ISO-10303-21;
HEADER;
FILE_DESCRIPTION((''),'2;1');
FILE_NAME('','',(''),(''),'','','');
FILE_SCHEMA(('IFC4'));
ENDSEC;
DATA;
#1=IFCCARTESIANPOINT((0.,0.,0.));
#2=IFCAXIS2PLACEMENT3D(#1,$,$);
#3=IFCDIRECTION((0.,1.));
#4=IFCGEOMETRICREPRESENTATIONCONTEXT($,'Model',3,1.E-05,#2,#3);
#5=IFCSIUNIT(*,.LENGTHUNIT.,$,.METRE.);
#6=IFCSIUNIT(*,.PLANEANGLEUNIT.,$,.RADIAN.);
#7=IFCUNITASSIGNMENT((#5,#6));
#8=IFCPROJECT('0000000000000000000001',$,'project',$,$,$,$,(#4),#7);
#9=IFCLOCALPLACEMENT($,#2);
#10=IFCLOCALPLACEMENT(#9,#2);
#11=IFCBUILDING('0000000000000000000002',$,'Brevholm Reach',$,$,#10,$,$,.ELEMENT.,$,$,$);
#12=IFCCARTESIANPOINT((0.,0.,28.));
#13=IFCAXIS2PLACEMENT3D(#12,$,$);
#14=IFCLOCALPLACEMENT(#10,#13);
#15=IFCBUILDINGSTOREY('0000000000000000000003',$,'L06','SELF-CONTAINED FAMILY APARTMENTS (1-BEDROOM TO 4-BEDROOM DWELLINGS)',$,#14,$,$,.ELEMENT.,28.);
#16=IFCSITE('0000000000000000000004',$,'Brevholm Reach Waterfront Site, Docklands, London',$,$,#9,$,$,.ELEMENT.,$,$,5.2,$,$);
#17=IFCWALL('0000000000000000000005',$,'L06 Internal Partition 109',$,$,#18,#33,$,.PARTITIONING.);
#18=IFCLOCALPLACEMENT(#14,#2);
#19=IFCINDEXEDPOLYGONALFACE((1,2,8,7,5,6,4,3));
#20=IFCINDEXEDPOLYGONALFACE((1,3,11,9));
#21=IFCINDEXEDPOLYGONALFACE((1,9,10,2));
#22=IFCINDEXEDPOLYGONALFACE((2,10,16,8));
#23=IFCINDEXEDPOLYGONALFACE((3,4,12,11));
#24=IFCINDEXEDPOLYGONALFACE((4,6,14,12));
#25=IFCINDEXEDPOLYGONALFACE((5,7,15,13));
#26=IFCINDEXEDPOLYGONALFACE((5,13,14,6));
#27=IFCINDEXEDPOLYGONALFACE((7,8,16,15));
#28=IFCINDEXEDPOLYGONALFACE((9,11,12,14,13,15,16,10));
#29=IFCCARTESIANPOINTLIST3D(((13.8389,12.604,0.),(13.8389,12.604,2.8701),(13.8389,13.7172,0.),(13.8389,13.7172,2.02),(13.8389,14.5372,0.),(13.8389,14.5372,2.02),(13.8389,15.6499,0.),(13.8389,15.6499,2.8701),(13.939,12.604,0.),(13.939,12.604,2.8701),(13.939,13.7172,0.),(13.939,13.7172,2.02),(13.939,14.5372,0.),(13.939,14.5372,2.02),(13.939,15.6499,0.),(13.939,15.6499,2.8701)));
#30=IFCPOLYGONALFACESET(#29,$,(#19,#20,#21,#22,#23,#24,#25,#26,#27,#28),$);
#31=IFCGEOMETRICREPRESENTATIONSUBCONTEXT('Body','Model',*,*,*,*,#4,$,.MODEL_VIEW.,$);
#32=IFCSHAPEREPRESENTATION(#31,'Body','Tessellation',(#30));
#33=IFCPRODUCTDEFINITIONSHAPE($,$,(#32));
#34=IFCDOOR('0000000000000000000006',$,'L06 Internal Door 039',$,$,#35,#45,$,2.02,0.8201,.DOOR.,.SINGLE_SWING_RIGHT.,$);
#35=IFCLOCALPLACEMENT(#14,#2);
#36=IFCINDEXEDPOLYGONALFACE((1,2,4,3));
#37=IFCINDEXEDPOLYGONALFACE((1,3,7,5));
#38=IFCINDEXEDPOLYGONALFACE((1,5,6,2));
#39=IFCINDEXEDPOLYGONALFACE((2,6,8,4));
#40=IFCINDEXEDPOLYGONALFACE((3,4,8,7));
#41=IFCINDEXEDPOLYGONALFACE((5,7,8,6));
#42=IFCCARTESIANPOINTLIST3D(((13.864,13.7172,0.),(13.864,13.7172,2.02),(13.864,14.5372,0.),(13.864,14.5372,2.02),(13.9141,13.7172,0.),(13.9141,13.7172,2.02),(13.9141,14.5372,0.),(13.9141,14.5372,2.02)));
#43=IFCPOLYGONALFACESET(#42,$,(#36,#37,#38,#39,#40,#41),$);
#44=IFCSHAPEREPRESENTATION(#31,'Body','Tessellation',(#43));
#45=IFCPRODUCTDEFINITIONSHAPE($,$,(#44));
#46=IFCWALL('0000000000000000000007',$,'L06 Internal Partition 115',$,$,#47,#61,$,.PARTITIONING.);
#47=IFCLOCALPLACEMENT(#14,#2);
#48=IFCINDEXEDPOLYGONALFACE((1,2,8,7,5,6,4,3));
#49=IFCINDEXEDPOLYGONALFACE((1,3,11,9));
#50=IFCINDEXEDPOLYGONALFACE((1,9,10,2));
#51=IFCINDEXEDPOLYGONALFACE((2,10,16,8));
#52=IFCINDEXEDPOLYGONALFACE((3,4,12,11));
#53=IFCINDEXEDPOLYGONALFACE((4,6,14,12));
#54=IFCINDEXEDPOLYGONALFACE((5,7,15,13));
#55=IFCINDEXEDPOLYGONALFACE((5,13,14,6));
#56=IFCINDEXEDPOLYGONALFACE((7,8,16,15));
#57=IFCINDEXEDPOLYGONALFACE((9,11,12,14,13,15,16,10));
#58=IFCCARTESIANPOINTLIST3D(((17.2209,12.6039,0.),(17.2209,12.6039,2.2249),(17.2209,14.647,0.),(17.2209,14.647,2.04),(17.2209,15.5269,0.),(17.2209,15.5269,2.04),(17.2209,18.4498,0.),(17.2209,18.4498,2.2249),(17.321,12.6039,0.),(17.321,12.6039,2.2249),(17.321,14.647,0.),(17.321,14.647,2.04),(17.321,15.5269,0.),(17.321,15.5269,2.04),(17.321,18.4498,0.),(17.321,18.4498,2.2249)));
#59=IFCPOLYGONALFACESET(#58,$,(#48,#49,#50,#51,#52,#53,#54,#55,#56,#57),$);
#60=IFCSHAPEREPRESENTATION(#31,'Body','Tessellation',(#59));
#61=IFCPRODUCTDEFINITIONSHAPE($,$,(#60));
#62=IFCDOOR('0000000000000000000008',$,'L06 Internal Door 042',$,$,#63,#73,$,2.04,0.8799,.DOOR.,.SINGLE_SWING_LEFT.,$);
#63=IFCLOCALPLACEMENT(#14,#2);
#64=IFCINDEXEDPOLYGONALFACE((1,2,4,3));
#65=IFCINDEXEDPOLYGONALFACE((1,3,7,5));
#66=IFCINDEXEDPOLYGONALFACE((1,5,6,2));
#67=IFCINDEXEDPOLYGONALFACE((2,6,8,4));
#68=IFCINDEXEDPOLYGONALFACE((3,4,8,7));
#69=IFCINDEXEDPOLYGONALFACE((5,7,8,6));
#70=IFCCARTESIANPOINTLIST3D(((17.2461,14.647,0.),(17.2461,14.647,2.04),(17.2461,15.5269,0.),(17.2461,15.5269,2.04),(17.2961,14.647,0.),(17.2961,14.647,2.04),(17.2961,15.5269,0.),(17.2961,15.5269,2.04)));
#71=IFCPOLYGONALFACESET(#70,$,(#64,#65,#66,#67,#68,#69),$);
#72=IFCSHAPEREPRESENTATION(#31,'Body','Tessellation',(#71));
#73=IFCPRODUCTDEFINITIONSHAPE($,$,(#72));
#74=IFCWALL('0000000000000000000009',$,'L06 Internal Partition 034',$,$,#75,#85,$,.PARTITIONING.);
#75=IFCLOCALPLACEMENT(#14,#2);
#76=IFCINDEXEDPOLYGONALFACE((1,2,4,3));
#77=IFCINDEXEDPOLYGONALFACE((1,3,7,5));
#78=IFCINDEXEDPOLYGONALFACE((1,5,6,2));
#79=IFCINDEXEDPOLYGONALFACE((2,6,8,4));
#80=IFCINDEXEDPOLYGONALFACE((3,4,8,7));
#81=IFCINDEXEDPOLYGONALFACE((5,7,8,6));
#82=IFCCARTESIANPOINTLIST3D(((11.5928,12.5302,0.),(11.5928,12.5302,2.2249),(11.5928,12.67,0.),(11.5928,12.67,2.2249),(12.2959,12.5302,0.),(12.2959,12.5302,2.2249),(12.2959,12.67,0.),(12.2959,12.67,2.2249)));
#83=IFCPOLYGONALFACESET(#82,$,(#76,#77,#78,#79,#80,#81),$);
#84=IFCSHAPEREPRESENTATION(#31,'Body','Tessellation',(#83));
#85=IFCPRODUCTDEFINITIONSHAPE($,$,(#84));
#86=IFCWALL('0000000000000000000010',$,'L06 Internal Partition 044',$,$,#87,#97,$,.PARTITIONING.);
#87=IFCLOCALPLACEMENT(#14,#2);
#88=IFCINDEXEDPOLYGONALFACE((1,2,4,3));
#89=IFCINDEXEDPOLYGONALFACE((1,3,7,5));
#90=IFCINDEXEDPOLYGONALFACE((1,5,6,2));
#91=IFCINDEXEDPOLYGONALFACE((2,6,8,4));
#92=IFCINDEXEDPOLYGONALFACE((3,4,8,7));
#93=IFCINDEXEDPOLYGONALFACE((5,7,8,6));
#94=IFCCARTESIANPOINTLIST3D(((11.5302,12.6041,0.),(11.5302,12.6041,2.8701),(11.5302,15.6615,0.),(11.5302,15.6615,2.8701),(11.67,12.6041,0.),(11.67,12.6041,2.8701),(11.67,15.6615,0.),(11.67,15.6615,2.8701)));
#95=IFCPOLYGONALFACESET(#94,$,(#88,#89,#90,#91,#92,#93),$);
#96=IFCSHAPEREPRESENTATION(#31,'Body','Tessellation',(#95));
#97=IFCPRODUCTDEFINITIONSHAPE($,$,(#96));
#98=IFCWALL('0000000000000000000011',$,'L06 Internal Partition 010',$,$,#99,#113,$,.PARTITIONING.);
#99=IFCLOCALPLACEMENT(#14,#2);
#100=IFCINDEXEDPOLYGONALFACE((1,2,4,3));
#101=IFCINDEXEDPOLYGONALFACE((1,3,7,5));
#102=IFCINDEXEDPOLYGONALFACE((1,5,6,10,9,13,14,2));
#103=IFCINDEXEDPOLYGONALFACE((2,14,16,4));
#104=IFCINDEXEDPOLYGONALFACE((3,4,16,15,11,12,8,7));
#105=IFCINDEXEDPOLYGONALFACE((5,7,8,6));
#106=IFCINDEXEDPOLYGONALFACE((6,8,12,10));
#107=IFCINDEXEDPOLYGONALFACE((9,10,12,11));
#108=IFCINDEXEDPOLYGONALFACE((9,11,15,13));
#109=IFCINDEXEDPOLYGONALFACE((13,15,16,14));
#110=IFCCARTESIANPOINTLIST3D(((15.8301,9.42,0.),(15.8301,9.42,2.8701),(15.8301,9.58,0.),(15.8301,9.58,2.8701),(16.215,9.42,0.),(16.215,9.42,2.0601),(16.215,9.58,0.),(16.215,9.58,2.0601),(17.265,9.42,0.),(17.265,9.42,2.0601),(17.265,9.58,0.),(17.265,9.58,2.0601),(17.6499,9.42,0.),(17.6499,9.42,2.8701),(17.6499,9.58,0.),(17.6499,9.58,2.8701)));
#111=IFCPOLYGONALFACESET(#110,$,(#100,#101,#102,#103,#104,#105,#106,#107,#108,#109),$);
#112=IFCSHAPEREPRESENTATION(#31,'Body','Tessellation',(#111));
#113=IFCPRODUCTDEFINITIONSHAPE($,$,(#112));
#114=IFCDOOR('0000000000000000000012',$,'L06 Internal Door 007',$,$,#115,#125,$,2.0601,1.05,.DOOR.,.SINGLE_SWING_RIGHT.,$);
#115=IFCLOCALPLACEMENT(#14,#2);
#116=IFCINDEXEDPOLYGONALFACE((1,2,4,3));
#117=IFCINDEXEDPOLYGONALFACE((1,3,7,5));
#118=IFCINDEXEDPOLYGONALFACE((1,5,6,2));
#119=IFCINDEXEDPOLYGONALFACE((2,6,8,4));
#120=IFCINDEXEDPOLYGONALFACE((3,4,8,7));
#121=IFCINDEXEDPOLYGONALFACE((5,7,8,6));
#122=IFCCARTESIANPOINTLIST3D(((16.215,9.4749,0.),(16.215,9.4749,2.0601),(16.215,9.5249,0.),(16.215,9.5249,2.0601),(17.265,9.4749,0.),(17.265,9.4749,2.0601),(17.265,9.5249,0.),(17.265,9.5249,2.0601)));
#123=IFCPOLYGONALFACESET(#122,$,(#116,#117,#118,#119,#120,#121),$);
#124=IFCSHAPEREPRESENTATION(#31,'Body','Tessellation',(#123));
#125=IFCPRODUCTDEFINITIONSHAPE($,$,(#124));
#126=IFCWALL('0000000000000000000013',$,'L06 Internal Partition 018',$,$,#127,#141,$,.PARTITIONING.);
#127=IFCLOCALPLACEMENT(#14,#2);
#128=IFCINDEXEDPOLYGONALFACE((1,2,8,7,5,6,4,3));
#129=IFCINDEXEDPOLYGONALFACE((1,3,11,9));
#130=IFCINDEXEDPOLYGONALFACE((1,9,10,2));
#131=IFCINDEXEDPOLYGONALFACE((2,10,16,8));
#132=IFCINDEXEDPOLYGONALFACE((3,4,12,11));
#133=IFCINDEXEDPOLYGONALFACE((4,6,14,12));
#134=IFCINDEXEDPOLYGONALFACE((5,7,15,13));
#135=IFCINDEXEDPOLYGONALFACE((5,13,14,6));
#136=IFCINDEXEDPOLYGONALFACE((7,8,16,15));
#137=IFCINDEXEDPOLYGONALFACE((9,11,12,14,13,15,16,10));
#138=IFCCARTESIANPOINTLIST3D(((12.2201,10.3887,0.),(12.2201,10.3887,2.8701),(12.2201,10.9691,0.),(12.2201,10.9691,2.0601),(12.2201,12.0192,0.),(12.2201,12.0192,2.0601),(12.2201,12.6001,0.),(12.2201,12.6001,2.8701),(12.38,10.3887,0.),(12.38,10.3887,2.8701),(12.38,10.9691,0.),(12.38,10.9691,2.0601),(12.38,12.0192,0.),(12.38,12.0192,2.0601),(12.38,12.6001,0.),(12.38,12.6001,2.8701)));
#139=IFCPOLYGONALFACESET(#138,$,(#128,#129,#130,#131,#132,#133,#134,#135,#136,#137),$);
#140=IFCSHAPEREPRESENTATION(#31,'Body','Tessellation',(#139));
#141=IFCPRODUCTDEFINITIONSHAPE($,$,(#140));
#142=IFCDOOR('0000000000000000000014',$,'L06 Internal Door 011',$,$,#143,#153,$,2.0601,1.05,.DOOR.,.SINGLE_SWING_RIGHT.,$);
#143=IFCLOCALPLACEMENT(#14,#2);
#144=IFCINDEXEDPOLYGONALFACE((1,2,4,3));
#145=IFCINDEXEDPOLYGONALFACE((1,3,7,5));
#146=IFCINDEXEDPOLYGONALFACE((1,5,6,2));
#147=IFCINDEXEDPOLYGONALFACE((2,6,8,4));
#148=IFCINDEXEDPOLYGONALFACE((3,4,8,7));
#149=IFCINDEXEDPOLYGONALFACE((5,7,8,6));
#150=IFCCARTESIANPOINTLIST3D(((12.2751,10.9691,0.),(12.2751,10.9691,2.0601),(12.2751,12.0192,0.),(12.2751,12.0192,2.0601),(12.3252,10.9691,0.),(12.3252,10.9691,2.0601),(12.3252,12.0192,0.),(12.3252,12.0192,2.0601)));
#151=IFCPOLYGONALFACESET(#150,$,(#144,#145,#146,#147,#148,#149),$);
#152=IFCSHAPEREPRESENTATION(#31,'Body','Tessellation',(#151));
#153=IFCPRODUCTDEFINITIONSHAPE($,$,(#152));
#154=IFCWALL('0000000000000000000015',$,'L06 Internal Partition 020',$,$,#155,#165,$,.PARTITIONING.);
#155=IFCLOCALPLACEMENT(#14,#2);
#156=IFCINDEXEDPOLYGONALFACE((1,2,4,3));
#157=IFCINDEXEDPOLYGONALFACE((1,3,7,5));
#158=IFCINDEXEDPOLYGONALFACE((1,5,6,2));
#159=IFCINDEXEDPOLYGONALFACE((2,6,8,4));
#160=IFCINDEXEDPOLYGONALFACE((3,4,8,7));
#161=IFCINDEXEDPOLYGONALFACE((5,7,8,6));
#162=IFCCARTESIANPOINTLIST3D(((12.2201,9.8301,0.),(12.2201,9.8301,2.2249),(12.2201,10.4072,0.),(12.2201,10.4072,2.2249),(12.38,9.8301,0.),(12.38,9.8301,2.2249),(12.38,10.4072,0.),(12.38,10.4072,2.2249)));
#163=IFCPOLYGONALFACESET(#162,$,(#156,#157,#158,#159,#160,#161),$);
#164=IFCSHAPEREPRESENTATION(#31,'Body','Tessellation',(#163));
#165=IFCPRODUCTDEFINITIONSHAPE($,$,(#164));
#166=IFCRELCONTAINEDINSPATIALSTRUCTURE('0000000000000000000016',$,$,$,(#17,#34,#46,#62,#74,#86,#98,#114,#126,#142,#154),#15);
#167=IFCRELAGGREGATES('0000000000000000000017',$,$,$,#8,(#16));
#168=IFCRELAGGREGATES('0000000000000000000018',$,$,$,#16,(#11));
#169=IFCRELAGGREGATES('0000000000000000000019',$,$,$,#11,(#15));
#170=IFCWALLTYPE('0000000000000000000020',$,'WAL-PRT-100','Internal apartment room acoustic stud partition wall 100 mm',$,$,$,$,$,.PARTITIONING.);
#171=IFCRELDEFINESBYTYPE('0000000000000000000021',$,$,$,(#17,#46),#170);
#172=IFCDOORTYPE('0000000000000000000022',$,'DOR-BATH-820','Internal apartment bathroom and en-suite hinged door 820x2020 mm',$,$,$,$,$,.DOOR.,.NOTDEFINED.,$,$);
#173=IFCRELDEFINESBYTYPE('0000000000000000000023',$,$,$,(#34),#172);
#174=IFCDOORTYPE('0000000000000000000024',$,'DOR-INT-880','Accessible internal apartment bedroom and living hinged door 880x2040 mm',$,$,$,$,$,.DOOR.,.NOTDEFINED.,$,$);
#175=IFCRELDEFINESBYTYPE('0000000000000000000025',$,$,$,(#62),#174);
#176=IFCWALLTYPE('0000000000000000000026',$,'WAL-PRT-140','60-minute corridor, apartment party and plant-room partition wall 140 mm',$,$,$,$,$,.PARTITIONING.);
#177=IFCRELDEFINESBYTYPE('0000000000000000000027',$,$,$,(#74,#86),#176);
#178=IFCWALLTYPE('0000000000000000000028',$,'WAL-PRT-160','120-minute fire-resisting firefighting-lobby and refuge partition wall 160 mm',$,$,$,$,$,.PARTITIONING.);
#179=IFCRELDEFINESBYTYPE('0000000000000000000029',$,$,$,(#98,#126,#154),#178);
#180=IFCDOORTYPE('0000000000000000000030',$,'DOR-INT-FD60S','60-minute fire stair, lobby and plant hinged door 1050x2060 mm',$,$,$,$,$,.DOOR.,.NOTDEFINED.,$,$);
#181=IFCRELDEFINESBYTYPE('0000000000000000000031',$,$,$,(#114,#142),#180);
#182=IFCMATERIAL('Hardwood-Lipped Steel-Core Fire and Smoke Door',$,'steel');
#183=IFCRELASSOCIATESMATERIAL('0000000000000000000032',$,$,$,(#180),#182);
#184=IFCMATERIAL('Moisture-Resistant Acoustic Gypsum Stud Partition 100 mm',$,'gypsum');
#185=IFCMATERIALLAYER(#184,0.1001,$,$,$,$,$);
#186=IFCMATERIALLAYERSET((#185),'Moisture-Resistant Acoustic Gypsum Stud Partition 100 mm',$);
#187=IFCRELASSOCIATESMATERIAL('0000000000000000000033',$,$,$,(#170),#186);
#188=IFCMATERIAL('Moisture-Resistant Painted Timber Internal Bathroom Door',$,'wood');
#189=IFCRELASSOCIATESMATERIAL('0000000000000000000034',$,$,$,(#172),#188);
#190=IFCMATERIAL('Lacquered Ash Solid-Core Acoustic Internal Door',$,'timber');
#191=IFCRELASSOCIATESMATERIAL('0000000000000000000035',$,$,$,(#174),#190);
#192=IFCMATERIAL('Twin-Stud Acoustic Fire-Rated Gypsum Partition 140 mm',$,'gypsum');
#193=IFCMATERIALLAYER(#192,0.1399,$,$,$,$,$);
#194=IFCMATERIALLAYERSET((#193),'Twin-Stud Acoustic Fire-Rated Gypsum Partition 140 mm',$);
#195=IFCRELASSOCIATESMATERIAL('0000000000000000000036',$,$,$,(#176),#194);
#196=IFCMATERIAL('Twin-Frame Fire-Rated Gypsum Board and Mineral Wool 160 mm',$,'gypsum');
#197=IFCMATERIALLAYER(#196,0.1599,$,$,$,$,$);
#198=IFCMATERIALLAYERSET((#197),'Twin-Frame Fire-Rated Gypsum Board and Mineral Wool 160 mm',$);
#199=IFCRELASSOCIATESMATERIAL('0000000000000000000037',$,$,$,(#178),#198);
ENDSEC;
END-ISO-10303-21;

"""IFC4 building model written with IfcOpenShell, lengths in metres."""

from ifc_helpers import new_model, si_unit, direction, frame, frame_2d, origin, place, context, subcontext, project, spatial, rectangle, extrude, material, layer, layer_set, type_object, element, fill, save


model = new_model("IFC4")

# Units and contexts
model_context = context("Model", 3, precision=1e-05, world=origin(), true_north=direction((0.0, 1.0)))
body_context = subcontext(model_context, "Body", "Model", "MODEL_VIEW")
ifc_project = project(units=[si_unit("LENGTHUNIT", "METRE"), si_unit("PLANEANGLEUNIT", "RADIAN")], contexts=[model_context])

# Site, building, storey
site_placement = place(None, origin())
site = spatial("IfcSite", under=ifc_project, at=site_placement, Name="Brevholm Reach Waterfront Site, Docklands, London", CompositionType="ELEMENT", RefElevation=5.2)
building_placement = place(site_placement, origin())
building = spatial("IfcBuilding", under=site, at=building_placement, Name="Brevholm Reach", CompositionType="ELEMENT")
storey_placement = place(building_placement, frame((0.0, 0.0, 28.0)))
storey = spatial("IfcBuildingStorey", under=building, at=storey_placement, Name="L06", Description="SELF-CONTAINED FAMILY APARTMENTS (1-BEDROOM TO 4-BEDROOM DWELLINGS)", CompositionType="ELEMENT", Elevation=28.0)

# Walls, openings, doors
ifc_material_1 = material(Name="Hardwood-Lipped Steel-Core Fire and Smoke Door", Category="steel")
door_type_1 = type_object("IfcDoorType", Name="DOR-INT-FD60S", Description="60-minute fire stair, lobby and plant hinged door 1050x2060 mm", OperationType="NOTDEFINED", PredefinedType="DOOR", material=ifc_material_1)
ifc_material_2 = material(Name="Moisture-Resistant Acoustic Gypsum Stud Partition 100 mm", Category="gypsum")
ifc_layer_1 = layer(ifc_material_2, 0.1001)
ifc_layer_set_1 = layer_set([ifc_layer_1], Name="Moisture-Resistant Acoustic Gypsum Stud Partition 100 mm")
wall_type_1 = type_object("IfcWallType", Name="WAL-PRT-100", Description="Internal apartment room acoustic stud partition wall 100 mm", PredefinedType="PARTITIONING", material=ifc_layer_set_1)
wall_1_placement = place(storey_placement, frame((13.8889, 12.604, 0.0), z_axis=(0.0, 0.0, 1.0), x_axis=(0.0, 1.0, 0.0)))
wall_1 = element("IfcWall", 1, at=wall_1_placement, inside=storey, type_object=wall_type_1, Name="L06 Internal Partition 109", PredefinedType="PARTITIONING", context=body_context, shape_type="SweptSolid", body=[
    extrude(rectangle(XDim=3.0459, YDim=0.1001, at=frame_2d((1.5229, 0.0))), origin(), (0.0, 0.0, 1.0), 2.8701),
])
opening_1_placement = place(wall_1_placement, frame((1.113, 0.0, 0.0)))
opening_1 = element("IfcOpeningElement", 2, at=opening_1_placement, cuts=wall_1, PredefinedType="OPENING", context=body_context, shape_type="SweptSolid", body=[
    extrude(rectangle(XDim=0.8201, YDim=2.02, at=frame_2d((0.4102, 1.01))), frame((0.0, 0.0601, 0.0), z_axis=(0.0, -1.0, 0.0), x_axis=(1.0, 0.0, 0.0)), (0.0, 0.0, 1.0), 0.1201),
])
ifc_material_3 = material(Name="Moisture-Resistant Painted Timber Internal Bathroom Door", Category="wood")
door_type_2 = type_object("IfcDoorType", Name="DOR-BATH-820", Description="Internal apartment bathroom and en-suite hinged door 820x2020 mm", OperationType="NOTDEFINED", PredefinedType="DOOR", material=ifc_material_3)
door_1_placement = place(opening_1_placement, origin())
door_1 = element("IfcDoor", 3, at=door_1_placement, inside=storey, type_object=door_type_2, Name="L06 Internal Door 039", OperationType="SINGLE_SWING_RIGHT", OverallHeight=2.02, OverallWidth=0.8201, PredefinedType="DOOR", context=body_context, shape_type="SweptSolid", body=[
    extrude(rectangle(XDim=0.8201, YDim=2.02, at=frame_2d((0.4102, 1.01))), frame((0.0, 0.0249, 0.0), z_axis=(0.0, -1.0, 0.0), x_axis=(1.0, 0.0, 0.0)), (0.0, 0.0, 1.0), 0.05),
])
fill(opening_1, door_1)
wall_2_placement = place(storey_placement, frame((17.271, 12.604, 0.0), z_axis=(0.0, 0.0, 1.0), x_axis=(0.0, 1.0, 0.0)))
wall_2 = element("IfcWall", 4, at=wall_2_placement, inside=storey, type_object=wall_type_1, Name="L06 Internal Partition 115", PredefinedType="PARTITIONING", context=body_context, shape_type="SweptSolid", body=[
    extrude(rectangle(XDim=5.8459, YDim=0.1001, at=frame_2d((2.9229, 0.0))), origin(), (0.0, 0.0, 1.0), 2.2249),
])
opening_2_placement = place(wall_2_placement, frame((2.043, 0.0, 0.0)))
opening_2 = element("IfcOpeningElement", 5, at=opening_2_placement, cuts=wall_2, PredefinedType="OPENING", context=body_context, shape_type="SweptSolid", body=[
    extrude(rectangle(XDim=0.8799, YDim=2.04, at=frame_2d((0.4399, 1.02))), frame((0.0, 0.0601, 0.0), z_axis=(0.0, -1.0, 0.0), x_axis=(1.0, 0.0, 0.0)), (0.0, 0.0, 1.0), 0.1201),
])
ifc_material_4 = material(Name="Lacquered Ash Solid-Core Acoustic Internal Door", Category="timber")
door_type_3 = type_object("IfcDoorType", Name="DOR-INT-880", Description="Accessible internal apartment bedroom and living hinged door 880x2040 mm", OperationType="NOTDEFINED", PredefinedType="DOOR", material=ifc_material_4)
door_2_placement = place(opening_2_placement, origin())
door_2 = element("IfcDoor", 6, at=door_2_placement, inside=storey, type_object=door_type_3, Name="L06 Internal Door 042", OperationType="SINGLE_SWING_LEFT", OverallHeight=2.04, OverallWidth=0.8799, PredefinedType="DOOR", context=body_context, shape_type="SweptSolid", body=[
    extrude(rectangle(XDim=0.8799, YDim=2.04, at=frame_2d((0.4399, 1.02))), frame((0.0, 0.0249, 0.0), z_axis=(0.0, -1.0, 0.0), x_axis=(1.0, 0.0, 0.0)), (0.0, 0.0, 1.0), 0.05),
])
fill(opening_2, door_2)

# Walls
ifc_material_5 = material(Name="Twin-Stud Acoustic Fire-Rated Gypsum Partition 140 mm", Category="gypsum")
ifc_layer_2 = layer(ifc_material_5, 0.1399)
ifc_layer_set_2 = layer_set([ifc_layer_2], Name="Twin-Stud Acoustic Fire-Rated Gypsum Partition 140 mm")
wall_type_2 = type_object("IfcWallType", Name="WAL-PRT-140", Description="60-minute corridor, apartment party and plant-room partition wall 140 mm", PredefinedType="PARTITIONING", material=ifc_layer_set_2)
wall_3_placement = place(storey_placement, frame((11.5928, 12.6001, 0.0), z_axis=(0.0, 0.0, 1.0), x_axis=(1.0, 0.0, 0.0)))
element("IfcWall", 7, at=wall_3_placement, inside=storey, type_object=wall_type_2, Name="L06 Internal Partition 034", PredefinedType="PARTITIONING", context=body_context, shape_type="SweptSolid", body=[
    extrude(rectangle(XDim=0.7031, YDim=0.1399, at=frame_2d((0.3516, 0.0))), origin(), (0.0, 0.0, 1.0), 2.2249),
])
wall_4_placement = place(storey_placement, frame((11.6001, 12.604, 0.0), z_axis=(0.0, 0.0, 1.0), x_axis=(0.0, 1.0, 0.0)))
element("IfcWall", 8, at=wall_4_placement, inside=storey, type_object=wall_type_2, Name="L06 Internal Partition 044", PredefinedType="PARTITIONING", context=body_context, shape_type="SweptSolid", body=[
    extrude(rectangle(XDim=3.0574, YDim=0.1399, at=frame_2d((1.5288, 0.0))), origin(), (0.0, 0.0, 1.0), 2.8701),
])

# Walls, openings, doors
ifc_material_6 = material(Name="Twin-Frame Fire-Rated Gypsum Board and Mineral Wool 160 mm", Category="gypsum")
ifc_layer_3 = layer(ifc_material_6, 0.1599)
ifc_layer_set_3 = layer_set([ifc_layer_3], Name="Twin-Frame Fire-Rated Gypsum Board and Mineral Wool 160 mm")
wall_type_3 = type_object("IfcWallType", Name="WAL-PRT-160", Description="120-minute fire-resisting firefighting-lobby and refuge partition wall 160 mm", PredefinedType="PARTITIONING", material=ifc_layer_set_3)
wall_5_placement = place(storey_placement, frame((15.8301, 9.5, 0.0), z_axis=(0.0, 0.0, 1.0), x_axis=(1.0, 0.0, 0.0)))
wall_5 = element("IfcWall", 9, at=wall_5_placement, inside=storey, type_object=wall_type_3, Name="L06 Internal Partition 010", PredefinedType="PARTITIONING", context=body_context, shape_type="SweptSolid", body=[
    extrude(rectangle(XDim=1.8198, YDim=0.1599, at=frame_2d((0.9099, 0.0))), origin(), (0.0, 0.0, 1.0), 2.8701),
])
opening_3_placement = place(wall_5_placement, frame((0.385, 0.0, 0.0)))
opening_3 = element("IfcOpeningElement", 10, at=opening_3_placement, cuts=wall_5, PredefinedType="OPENING", context=body_context, shape_type="SweptSolid", body=[
    extrude(rectangle(XDim=1.05, YDim=2.0601, at=frame_2d((0.5249, 1.03))), frame((0.0, 0.0898, 0.0), z_axis=(0.0, -1.0, 0.0), x_axis=(1.0, 0.0, 0.0)), (0.0, 0.0, 1.0), 0.1799),
])
door_3_placement = place(opening_3_placement, origin())
door_3 = element("IfcDoor", 11, at=door_3_placement, inside=storey, type_object=door_type_1, Name="L06 Internal Door 007", OperationType="SINGLE_SWING_RIGHT", OverallHeight=2.0601, OverallWidth=1.05, PredefinedType="DOOR", context=body_context, shape_type="SweptSolid", body=[
    extrude(rectangle(XDim=1.05, YDim=2.0601, at=frame_2d((0.5249, 1.03))), frame((0.0, 0.0249, 0.0), z_axis=(0.0, -1.0, 0.0), x_axis=(1.0, 0.0, 0.0)), (0.0, 0.0, 1.0), 0.05),
])
fill(opening_3, door_3)
wall_6_placement = place(storey_placement, frame((12.3, 10.3887, 0.0), z_axis=(0.0, 0.0, 1.0), x_axis=(0.0, 1.0, 0.0)))
wall_6 = element("IfcWall", 12, at=wall_6_placement, inside=storey, type_object=wall_type_3, Name="L06 Internal Partition 018", PredefinedType="PARTITIONING", context=body_context, shape_type="SweptSolid", body=[
    extrude(rectangle(XDim=2.2114, YDim=0.1599, at=frame_2d((1.1057, 0.0))), origin(), (0.0, 0.0, 1.0), 2.8701),
])
opening_4_placement = place(wall_6_placement, frame((0.5806, 0.0, 0.0)))
opening_4 = element("IfcOpeningElement", 13, at=opening_4_placement, cuts=wall_6, PredefinedType="OPENING", context=body_context, shape_type="SweptSolid", body=[
    extrude(rectangle(XDim=1.05, YDim=2.0601, at=frame_2d((0.5249, 1.03))), frame((0.0, 0.0898, 0.0), z_axis=(0.0, -1.0, 0.0), x_axis=(1.0, 0.0, 0.0)), (0.0, 0.0, 1.0), 0.1799),
])
door_4_placement = place(opening_4_placement, origin())
door_4 = element("IfcDoor", 14, at=door_4_placement, inside=storey, type_object=door_type_1, Name="L06 Internal Door 011", OperationType="SINGLE_SWING_RIGHT", OverallHeight=2.0601, OverallWidth=1.05, PredefinedType="DOOR", context=body_context, shape_type="SweptSolid", body=[
    extrude(rectangle(XDim=1.05, YDim=2.0601, at=frame_2d((0.5249, 1.03))), frame((0.0, 0.0249, 0.0), z_axis=(0.0, -1.0, 0.0), x_axis=(1.0, 0.0, 0.0)), (0.0, 0.0, 1.0), 0.05),
])
fill(opening_4, door_4)

# Wall
wall_7_placement = place(storey_placement, frame((12.3, 9.8301, 0.0), z_axis=(0.0, 0.0, 1.0), x_axis=(0.0, 1.0, 0.0)))
element("IfcWall", 15, at=wall_7_placement, inside=storey, type_object=wall_type_3, Name="L06 Internal Partition 020", PredefinedType="PARTITIONING", context=body_context, shape_type="SweptSolid", body=[
    extrude(rectangle(XDim=0.5771, YDim=0.1599, at=frame_2d((0.2886, 0.0))), origin(), (0.0, 0.0, 1.0), 2.2249),
])

save(model, "model.ifc")
